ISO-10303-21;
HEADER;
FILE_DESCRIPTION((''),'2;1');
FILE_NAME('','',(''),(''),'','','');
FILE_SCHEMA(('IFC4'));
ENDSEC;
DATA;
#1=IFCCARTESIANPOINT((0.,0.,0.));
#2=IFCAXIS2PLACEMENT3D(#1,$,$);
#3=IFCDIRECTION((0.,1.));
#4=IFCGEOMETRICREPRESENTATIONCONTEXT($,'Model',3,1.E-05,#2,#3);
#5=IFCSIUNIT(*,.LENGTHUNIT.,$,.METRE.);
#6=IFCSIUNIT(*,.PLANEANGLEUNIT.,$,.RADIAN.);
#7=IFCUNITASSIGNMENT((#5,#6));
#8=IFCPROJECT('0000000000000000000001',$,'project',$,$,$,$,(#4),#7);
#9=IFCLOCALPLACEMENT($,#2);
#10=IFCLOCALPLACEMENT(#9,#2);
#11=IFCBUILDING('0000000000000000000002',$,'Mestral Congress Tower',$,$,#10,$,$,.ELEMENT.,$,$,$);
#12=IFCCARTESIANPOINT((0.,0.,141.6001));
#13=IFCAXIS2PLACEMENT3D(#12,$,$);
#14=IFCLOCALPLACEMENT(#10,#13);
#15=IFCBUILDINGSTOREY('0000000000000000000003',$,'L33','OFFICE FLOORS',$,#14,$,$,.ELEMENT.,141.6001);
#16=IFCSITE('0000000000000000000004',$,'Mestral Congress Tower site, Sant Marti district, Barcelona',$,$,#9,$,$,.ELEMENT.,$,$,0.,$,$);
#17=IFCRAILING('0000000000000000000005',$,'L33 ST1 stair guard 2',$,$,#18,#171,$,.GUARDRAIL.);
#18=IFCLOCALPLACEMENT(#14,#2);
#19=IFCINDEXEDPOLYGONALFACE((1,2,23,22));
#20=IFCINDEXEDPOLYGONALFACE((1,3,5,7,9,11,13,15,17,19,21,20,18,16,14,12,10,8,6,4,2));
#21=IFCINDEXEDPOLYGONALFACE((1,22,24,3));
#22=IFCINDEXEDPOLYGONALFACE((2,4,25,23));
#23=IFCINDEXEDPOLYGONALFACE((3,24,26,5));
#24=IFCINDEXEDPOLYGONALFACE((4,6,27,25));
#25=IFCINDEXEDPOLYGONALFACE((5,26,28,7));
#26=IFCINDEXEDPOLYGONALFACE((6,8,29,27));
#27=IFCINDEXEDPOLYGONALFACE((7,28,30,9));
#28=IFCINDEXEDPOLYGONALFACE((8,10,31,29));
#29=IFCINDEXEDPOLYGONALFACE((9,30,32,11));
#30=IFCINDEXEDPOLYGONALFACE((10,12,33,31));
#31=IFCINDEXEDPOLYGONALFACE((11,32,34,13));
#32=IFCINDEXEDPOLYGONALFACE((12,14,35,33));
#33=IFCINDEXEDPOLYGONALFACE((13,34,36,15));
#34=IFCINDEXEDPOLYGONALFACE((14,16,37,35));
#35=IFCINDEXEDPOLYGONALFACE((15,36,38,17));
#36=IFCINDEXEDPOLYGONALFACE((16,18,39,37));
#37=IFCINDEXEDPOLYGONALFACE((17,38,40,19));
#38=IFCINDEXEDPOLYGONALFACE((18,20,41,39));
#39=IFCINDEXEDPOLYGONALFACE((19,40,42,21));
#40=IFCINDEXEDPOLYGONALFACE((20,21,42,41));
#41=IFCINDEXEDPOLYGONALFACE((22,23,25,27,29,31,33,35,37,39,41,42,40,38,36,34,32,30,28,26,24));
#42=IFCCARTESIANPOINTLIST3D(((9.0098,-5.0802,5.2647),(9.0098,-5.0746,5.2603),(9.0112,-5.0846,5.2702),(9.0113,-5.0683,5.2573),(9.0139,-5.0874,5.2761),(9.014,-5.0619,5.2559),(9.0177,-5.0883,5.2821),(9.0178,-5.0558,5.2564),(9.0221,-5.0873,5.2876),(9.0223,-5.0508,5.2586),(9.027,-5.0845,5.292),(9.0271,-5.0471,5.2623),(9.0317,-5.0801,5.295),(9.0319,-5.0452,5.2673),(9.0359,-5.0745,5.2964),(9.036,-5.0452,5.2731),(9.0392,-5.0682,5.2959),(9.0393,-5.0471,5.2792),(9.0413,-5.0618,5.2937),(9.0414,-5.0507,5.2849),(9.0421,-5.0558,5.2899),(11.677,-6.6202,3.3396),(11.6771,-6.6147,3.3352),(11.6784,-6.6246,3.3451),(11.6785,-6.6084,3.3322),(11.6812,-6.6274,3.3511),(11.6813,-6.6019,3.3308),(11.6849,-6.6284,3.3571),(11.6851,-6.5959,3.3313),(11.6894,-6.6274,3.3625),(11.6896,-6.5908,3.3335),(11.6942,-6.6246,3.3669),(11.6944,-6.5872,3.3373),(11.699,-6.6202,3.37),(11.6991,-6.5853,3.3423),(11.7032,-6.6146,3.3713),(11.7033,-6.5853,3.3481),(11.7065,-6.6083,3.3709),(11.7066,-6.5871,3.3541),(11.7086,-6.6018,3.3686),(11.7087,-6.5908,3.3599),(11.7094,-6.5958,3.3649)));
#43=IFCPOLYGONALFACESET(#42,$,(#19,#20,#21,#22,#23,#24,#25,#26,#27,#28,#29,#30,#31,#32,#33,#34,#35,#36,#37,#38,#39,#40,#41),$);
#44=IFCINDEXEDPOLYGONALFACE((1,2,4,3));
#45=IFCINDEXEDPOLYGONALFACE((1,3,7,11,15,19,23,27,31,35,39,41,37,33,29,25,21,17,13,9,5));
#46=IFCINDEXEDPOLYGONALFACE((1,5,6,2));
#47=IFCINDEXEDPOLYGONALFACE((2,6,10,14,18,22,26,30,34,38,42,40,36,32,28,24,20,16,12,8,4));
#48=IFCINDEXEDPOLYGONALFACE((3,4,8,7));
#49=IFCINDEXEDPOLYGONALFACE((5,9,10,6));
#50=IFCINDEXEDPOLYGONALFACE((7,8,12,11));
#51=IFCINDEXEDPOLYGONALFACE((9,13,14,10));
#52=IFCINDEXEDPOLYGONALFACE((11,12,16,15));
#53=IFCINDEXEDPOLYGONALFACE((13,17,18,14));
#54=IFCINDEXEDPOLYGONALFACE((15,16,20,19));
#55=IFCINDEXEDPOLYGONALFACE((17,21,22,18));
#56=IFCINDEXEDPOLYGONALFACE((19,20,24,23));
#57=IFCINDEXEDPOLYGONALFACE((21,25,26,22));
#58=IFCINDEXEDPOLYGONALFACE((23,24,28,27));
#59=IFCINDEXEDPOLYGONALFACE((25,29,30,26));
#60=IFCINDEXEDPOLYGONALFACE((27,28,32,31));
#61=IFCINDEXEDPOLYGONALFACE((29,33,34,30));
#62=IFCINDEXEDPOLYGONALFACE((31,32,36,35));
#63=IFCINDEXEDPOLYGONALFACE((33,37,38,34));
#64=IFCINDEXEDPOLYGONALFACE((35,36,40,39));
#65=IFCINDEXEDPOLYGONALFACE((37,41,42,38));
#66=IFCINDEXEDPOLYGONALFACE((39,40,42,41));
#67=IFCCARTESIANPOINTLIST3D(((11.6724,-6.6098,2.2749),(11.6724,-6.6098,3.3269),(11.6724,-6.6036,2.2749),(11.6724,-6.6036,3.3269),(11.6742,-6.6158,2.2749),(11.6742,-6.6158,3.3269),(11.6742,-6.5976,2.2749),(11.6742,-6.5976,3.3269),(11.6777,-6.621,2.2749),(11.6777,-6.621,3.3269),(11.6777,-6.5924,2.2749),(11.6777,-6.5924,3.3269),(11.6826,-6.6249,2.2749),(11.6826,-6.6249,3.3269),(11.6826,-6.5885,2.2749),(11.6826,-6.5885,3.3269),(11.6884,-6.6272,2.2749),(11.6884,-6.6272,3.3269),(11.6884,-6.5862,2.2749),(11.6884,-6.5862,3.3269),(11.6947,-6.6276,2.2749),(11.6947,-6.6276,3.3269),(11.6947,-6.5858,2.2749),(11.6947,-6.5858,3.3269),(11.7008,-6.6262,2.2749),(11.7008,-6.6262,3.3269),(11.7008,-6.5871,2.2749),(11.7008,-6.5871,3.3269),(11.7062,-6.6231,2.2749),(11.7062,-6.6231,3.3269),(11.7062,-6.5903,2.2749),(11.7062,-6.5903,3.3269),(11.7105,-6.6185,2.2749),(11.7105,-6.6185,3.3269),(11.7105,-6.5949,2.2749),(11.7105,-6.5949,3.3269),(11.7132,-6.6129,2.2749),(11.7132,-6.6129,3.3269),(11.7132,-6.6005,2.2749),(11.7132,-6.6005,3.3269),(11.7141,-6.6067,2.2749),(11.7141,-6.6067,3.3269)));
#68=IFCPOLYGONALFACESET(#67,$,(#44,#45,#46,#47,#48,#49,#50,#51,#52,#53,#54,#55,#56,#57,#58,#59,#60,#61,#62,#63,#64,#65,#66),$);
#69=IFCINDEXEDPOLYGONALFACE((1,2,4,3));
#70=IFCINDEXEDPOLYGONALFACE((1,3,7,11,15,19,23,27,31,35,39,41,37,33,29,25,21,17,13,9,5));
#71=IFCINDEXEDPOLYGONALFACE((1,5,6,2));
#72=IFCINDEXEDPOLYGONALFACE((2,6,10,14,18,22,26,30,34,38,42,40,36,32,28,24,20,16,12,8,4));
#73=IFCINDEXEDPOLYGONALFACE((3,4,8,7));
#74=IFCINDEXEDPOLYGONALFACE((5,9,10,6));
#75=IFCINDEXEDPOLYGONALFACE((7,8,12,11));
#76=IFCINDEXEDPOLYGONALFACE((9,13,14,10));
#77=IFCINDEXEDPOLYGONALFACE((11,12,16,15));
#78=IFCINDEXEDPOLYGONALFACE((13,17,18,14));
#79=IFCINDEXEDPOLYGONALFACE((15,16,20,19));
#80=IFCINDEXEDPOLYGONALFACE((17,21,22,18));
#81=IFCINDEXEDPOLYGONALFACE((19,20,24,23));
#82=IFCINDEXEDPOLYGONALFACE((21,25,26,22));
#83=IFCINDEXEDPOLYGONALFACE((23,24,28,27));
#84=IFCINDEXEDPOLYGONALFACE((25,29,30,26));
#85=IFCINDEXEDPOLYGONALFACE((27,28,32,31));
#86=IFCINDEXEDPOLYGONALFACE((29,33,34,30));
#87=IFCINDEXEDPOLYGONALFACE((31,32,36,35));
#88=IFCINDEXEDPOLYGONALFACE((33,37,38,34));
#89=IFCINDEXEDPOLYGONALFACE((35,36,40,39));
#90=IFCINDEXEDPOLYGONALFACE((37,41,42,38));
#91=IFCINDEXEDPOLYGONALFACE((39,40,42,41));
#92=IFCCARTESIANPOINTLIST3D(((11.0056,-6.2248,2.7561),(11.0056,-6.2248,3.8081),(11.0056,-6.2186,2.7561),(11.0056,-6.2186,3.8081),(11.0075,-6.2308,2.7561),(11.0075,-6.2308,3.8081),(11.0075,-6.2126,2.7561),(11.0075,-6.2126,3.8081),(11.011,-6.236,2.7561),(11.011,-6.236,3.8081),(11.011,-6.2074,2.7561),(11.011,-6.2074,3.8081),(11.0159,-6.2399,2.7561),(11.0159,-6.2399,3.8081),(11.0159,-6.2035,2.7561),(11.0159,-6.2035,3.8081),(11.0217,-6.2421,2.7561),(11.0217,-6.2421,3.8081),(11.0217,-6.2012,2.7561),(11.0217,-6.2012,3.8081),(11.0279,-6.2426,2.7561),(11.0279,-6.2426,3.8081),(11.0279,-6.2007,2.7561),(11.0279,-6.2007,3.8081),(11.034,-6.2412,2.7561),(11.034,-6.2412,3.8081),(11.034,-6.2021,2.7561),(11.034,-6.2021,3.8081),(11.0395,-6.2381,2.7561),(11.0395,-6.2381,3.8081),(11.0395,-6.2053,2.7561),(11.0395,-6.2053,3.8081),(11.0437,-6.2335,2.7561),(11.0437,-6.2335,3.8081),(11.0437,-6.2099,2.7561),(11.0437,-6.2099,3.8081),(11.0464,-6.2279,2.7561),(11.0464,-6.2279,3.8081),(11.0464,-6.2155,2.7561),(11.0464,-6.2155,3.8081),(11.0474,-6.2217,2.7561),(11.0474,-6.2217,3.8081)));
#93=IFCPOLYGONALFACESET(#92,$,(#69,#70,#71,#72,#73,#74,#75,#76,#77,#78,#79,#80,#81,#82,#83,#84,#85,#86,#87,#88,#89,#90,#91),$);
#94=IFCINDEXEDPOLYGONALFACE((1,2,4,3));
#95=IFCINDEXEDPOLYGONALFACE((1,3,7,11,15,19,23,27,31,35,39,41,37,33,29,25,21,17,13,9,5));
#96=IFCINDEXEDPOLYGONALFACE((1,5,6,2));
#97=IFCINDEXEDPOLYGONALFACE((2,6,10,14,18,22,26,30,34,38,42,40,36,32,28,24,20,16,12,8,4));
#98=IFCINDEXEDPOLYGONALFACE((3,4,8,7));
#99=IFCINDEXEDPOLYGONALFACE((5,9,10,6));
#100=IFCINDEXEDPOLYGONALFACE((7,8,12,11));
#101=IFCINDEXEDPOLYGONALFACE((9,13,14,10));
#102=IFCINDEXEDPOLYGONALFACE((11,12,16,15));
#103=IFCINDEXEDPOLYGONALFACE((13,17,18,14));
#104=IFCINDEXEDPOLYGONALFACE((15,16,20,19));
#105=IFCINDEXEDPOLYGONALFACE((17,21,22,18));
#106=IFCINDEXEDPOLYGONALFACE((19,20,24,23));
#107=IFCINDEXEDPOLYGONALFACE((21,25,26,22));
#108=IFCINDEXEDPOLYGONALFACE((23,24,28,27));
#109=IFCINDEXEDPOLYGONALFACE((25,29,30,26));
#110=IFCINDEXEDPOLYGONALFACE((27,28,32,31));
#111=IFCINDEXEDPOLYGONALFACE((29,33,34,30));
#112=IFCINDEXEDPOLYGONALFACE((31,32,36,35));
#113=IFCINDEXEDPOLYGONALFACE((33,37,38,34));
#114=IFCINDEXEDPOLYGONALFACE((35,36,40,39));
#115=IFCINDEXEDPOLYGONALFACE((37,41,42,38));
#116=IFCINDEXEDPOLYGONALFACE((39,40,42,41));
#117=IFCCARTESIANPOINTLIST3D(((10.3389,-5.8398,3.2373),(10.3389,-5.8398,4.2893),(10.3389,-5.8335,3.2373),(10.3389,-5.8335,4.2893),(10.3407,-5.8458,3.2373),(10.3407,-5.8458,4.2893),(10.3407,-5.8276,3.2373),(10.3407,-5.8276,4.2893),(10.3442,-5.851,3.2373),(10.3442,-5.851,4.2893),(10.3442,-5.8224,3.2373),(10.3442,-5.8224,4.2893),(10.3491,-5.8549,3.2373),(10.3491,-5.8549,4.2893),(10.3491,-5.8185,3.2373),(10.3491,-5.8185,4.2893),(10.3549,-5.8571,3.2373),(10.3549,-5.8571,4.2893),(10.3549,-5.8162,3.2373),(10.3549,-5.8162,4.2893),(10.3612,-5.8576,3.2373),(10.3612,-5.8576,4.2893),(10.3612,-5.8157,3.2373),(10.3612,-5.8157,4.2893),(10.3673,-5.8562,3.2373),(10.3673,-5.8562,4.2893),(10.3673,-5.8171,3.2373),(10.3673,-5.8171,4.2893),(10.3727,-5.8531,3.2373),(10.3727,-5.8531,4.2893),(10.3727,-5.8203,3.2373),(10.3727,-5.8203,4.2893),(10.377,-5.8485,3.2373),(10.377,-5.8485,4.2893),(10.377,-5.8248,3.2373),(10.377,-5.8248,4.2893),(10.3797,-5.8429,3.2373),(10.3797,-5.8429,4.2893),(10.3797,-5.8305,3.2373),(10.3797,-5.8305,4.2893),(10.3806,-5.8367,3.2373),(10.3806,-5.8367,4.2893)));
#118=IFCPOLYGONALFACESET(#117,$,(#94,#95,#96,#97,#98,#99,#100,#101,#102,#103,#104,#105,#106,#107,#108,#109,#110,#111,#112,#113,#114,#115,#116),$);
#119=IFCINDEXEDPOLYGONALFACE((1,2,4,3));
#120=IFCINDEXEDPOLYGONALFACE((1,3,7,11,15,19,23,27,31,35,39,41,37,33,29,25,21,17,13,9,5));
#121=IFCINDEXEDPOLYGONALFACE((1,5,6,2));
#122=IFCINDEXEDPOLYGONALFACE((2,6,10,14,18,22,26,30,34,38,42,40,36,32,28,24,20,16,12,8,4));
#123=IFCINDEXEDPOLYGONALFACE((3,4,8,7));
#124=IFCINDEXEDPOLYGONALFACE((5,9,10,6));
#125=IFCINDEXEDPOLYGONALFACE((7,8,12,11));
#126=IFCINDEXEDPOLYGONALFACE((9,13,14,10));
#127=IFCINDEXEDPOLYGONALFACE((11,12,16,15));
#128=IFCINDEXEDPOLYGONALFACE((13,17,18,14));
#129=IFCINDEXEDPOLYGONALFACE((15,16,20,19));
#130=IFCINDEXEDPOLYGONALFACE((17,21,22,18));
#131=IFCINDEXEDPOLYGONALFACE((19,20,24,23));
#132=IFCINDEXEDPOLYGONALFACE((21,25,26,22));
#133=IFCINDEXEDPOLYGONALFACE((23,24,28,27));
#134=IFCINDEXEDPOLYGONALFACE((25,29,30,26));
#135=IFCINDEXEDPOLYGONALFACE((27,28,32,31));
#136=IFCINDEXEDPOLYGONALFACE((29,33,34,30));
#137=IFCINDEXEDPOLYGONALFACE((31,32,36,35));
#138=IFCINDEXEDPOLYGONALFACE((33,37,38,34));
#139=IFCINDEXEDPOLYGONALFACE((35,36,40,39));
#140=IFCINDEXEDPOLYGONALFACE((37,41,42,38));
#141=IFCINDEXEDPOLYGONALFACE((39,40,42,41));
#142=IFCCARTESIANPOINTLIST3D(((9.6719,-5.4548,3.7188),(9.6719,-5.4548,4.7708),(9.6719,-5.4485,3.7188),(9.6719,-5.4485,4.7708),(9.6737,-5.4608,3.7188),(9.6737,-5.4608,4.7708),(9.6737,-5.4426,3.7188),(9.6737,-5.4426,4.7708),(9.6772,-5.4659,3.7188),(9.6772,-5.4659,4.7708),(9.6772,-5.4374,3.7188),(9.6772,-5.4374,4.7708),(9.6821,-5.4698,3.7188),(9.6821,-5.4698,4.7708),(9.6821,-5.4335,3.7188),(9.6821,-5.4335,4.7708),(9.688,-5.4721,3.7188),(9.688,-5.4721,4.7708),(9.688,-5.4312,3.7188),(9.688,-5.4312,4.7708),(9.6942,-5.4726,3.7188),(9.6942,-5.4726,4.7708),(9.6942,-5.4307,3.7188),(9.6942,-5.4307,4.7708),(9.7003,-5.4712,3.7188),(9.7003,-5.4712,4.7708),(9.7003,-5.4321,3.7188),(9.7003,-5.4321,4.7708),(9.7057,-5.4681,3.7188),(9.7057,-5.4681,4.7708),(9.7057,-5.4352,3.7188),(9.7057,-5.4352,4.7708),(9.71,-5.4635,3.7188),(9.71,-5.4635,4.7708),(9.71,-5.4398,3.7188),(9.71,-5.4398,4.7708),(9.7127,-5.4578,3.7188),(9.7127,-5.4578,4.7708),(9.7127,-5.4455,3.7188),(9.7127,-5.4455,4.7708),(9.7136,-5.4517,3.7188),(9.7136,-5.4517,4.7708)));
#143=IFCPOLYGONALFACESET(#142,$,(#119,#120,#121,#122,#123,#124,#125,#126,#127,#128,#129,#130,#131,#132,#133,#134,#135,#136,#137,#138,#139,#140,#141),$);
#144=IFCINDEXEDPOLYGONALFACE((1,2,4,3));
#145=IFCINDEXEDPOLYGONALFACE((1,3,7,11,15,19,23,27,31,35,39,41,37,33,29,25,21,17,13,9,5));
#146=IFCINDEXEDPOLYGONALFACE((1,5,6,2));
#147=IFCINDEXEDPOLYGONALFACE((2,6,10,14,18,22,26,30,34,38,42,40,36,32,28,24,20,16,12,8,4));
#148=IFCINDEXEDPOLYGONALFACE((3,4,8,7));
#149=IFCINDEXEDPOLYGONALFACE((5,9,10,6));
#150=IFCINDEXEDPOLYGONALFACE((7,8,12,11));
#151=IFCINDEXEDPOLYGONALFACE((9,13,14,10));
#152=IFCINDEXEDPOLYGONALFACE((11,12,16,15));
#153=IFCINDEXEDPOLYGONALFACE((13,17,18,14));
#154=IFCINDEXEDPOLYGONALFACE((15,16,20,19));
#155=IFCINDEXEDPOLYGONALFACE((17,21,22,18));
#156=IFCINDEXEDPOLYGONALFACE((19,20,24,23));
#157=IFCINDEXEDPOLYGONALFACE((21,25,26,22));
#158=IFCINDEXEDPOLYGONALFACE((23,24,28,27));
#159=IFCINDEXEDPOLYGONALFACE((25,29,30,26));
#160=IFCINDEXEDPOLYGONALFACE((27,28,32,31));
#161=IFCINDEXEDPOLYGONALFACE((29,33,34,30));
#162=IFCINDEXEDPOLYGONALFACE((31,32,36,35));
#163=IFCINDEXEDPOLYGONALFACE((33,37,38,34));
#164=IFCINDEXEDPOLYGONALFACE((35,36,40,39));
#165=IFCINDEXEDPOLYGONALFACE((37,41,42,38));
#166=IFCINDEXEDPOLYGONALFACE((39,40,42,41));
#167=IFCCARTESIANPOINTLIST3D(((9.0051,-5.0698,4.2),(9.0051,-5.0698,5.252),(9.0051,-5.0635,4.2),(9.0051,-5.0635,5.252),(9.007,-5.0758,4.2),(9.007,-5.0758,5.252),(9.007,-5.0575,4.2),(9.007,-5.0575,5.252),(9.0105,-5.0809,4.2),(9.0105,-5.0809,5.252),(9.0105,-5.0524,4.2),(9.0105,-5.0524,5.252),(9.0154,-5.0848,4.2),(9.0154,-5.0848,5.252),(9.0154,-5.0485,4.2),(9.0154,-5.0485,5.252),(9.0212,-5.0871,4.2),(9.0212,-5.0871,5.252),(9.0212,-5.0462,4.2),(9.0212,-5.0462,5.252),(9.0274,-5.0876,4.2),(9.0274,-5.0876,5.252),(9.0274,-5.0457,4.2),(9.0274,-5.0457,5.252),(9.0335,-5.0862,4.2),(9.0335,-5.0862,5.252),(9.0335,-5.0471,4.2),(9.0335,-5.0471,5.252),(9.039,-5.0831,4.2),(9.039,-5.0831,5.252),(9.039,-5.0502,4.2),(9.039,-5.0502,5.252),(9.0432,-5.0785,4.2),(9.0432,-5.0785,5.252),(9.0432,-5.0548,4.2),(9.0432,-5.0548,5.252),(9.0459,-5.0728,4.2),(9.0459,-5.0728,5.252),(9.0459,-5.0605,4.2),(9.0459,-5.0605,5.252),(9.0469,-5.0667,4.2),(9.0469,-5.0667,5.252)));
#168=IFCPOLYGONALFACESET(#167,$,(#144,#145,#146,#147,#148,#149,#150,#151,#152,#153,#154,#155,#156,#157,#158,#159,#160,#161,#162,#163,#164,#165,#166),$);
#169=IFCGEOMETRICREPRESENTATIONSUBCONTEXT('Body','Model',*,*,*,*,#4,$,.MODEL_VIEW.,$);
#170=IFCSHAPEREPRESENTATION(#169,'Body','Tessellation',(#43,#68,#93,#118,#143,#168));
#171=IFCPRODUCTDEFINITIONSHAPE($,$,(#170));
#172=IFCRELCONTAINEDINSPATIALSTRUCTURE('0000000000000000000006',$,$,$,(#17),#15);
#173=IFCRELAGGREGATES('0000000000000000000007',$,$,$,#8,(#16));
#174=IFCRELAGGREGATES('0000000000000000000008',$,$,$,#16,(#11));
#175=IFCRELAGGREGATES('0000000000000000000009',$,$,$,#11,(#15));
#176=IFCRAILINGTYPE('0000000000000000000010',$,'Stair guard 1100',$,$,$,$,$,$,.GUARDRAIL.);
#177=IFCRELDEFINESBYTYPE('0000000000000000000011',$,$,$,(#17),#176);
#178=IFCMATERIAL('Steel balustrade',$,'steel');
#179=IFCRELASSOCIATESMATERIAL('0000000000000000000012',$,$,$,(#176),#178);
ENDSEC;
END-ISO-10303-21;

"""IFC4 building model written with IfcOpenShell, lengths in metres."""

from ifc_helpers import new_model, si_unit, direction, frame, origin, origin_2d, place, context, subcontext, project, spatial, circle, extrude, material, type_object, element, save


model = new_model("IFC4")

# Units and contexts
model_context = context("Model", 3, precision=1e-05, world=origin(), true_north=direction((0.0, 1.0)))
body_context = subcontext(model_context, "Body", "Model", "MODEL_VIEW")
ifc_project = project(units=[si_unit("LENGTHUNIT", "METRE"), si_unit("PLANEANGLEUNIT", "RADIAN")], contexts=[model_context])

# Site, building, storey
site_placement = place(None, origin())
site = spatial("IfcSite", under=ifc_project, at=site_placement, Name="Mestral Congress Tower site, Sant Marti district, Barcelona", CompositionType="ELEMENT", RefElevation=0.0)
building_placement = place(site_placement, origin())
building = spatial("IfcBuilding", under=site, at=building_placement, Name="Mestral Congress Tower", CompositionType="ELEMENT")
storey_placement = place(building_placement, frame((0.0, 0.0, 141.6001)))
storey = spatial("IfcBuildingStorey", under=building, at=storey_placement, Name="L33", Description="OFFICE FLOORS", CompositionType="ELEMENT", Elevation=141.6001)

# Railing
ifc_material_1 = material(Name="Steel balustrade", Category="steel")
railing_type_1 = type_object("IfcRailingType", Name="Stair guard 1100", PredefinedType="GUARDRAIL", material=ifc_material_1)
railing_1_placement = place(storey_placement, frame((11.6931, -6.6067, 2.2749)))
element("IfcRailing", 1, at=railing_1_placement, inside=storey, type_object=railing_type_1, Name="L33 ST1 stair guard 2", PredefinedType="GUARDRAIL", context=body_context, shape_type="SweptSolid", body=[
    extrude(circle(Radius=0.0239, at=origin_2d()), frame((0.0, 0.0, 1.0762), z_axis=(-0.734364, 0.424015, 0.530019), x_axis=(-0.500027, -0.86601, 0.0)), (0.0, 0.0, 1.0), 3.6321),
    extrude(circle(Radius=0.021, at=origin_2d()), origin(), (0.0, 0.0, 1.0), 1.052),
    extrude(circle(Radius=0.021, at=origin_2d()), frame((-0.6667, 0.385, 0.4812)), (0.0, 0.0, 1.0), 1.052),
    extrude(circle(Radius=0.021, at=origin_2d()), frame((-1.3335, 0.77, 0.9624)), (0.0, 0.0, 1.0), 1.052),
    extrude(circle(Radius=0.021, at=origin_2d()), frame((-2.0005, 1.155, 1.4438)), (0.0, 0.0, 1.0), 1.052),
    extrude(circle(Radius=0.021, at=origin_2d()), frame((-2.6672, 1.54, 1.925)), (0.0, 0.0, 1.0), 1.052),
])

save(model, "model.ifc")
